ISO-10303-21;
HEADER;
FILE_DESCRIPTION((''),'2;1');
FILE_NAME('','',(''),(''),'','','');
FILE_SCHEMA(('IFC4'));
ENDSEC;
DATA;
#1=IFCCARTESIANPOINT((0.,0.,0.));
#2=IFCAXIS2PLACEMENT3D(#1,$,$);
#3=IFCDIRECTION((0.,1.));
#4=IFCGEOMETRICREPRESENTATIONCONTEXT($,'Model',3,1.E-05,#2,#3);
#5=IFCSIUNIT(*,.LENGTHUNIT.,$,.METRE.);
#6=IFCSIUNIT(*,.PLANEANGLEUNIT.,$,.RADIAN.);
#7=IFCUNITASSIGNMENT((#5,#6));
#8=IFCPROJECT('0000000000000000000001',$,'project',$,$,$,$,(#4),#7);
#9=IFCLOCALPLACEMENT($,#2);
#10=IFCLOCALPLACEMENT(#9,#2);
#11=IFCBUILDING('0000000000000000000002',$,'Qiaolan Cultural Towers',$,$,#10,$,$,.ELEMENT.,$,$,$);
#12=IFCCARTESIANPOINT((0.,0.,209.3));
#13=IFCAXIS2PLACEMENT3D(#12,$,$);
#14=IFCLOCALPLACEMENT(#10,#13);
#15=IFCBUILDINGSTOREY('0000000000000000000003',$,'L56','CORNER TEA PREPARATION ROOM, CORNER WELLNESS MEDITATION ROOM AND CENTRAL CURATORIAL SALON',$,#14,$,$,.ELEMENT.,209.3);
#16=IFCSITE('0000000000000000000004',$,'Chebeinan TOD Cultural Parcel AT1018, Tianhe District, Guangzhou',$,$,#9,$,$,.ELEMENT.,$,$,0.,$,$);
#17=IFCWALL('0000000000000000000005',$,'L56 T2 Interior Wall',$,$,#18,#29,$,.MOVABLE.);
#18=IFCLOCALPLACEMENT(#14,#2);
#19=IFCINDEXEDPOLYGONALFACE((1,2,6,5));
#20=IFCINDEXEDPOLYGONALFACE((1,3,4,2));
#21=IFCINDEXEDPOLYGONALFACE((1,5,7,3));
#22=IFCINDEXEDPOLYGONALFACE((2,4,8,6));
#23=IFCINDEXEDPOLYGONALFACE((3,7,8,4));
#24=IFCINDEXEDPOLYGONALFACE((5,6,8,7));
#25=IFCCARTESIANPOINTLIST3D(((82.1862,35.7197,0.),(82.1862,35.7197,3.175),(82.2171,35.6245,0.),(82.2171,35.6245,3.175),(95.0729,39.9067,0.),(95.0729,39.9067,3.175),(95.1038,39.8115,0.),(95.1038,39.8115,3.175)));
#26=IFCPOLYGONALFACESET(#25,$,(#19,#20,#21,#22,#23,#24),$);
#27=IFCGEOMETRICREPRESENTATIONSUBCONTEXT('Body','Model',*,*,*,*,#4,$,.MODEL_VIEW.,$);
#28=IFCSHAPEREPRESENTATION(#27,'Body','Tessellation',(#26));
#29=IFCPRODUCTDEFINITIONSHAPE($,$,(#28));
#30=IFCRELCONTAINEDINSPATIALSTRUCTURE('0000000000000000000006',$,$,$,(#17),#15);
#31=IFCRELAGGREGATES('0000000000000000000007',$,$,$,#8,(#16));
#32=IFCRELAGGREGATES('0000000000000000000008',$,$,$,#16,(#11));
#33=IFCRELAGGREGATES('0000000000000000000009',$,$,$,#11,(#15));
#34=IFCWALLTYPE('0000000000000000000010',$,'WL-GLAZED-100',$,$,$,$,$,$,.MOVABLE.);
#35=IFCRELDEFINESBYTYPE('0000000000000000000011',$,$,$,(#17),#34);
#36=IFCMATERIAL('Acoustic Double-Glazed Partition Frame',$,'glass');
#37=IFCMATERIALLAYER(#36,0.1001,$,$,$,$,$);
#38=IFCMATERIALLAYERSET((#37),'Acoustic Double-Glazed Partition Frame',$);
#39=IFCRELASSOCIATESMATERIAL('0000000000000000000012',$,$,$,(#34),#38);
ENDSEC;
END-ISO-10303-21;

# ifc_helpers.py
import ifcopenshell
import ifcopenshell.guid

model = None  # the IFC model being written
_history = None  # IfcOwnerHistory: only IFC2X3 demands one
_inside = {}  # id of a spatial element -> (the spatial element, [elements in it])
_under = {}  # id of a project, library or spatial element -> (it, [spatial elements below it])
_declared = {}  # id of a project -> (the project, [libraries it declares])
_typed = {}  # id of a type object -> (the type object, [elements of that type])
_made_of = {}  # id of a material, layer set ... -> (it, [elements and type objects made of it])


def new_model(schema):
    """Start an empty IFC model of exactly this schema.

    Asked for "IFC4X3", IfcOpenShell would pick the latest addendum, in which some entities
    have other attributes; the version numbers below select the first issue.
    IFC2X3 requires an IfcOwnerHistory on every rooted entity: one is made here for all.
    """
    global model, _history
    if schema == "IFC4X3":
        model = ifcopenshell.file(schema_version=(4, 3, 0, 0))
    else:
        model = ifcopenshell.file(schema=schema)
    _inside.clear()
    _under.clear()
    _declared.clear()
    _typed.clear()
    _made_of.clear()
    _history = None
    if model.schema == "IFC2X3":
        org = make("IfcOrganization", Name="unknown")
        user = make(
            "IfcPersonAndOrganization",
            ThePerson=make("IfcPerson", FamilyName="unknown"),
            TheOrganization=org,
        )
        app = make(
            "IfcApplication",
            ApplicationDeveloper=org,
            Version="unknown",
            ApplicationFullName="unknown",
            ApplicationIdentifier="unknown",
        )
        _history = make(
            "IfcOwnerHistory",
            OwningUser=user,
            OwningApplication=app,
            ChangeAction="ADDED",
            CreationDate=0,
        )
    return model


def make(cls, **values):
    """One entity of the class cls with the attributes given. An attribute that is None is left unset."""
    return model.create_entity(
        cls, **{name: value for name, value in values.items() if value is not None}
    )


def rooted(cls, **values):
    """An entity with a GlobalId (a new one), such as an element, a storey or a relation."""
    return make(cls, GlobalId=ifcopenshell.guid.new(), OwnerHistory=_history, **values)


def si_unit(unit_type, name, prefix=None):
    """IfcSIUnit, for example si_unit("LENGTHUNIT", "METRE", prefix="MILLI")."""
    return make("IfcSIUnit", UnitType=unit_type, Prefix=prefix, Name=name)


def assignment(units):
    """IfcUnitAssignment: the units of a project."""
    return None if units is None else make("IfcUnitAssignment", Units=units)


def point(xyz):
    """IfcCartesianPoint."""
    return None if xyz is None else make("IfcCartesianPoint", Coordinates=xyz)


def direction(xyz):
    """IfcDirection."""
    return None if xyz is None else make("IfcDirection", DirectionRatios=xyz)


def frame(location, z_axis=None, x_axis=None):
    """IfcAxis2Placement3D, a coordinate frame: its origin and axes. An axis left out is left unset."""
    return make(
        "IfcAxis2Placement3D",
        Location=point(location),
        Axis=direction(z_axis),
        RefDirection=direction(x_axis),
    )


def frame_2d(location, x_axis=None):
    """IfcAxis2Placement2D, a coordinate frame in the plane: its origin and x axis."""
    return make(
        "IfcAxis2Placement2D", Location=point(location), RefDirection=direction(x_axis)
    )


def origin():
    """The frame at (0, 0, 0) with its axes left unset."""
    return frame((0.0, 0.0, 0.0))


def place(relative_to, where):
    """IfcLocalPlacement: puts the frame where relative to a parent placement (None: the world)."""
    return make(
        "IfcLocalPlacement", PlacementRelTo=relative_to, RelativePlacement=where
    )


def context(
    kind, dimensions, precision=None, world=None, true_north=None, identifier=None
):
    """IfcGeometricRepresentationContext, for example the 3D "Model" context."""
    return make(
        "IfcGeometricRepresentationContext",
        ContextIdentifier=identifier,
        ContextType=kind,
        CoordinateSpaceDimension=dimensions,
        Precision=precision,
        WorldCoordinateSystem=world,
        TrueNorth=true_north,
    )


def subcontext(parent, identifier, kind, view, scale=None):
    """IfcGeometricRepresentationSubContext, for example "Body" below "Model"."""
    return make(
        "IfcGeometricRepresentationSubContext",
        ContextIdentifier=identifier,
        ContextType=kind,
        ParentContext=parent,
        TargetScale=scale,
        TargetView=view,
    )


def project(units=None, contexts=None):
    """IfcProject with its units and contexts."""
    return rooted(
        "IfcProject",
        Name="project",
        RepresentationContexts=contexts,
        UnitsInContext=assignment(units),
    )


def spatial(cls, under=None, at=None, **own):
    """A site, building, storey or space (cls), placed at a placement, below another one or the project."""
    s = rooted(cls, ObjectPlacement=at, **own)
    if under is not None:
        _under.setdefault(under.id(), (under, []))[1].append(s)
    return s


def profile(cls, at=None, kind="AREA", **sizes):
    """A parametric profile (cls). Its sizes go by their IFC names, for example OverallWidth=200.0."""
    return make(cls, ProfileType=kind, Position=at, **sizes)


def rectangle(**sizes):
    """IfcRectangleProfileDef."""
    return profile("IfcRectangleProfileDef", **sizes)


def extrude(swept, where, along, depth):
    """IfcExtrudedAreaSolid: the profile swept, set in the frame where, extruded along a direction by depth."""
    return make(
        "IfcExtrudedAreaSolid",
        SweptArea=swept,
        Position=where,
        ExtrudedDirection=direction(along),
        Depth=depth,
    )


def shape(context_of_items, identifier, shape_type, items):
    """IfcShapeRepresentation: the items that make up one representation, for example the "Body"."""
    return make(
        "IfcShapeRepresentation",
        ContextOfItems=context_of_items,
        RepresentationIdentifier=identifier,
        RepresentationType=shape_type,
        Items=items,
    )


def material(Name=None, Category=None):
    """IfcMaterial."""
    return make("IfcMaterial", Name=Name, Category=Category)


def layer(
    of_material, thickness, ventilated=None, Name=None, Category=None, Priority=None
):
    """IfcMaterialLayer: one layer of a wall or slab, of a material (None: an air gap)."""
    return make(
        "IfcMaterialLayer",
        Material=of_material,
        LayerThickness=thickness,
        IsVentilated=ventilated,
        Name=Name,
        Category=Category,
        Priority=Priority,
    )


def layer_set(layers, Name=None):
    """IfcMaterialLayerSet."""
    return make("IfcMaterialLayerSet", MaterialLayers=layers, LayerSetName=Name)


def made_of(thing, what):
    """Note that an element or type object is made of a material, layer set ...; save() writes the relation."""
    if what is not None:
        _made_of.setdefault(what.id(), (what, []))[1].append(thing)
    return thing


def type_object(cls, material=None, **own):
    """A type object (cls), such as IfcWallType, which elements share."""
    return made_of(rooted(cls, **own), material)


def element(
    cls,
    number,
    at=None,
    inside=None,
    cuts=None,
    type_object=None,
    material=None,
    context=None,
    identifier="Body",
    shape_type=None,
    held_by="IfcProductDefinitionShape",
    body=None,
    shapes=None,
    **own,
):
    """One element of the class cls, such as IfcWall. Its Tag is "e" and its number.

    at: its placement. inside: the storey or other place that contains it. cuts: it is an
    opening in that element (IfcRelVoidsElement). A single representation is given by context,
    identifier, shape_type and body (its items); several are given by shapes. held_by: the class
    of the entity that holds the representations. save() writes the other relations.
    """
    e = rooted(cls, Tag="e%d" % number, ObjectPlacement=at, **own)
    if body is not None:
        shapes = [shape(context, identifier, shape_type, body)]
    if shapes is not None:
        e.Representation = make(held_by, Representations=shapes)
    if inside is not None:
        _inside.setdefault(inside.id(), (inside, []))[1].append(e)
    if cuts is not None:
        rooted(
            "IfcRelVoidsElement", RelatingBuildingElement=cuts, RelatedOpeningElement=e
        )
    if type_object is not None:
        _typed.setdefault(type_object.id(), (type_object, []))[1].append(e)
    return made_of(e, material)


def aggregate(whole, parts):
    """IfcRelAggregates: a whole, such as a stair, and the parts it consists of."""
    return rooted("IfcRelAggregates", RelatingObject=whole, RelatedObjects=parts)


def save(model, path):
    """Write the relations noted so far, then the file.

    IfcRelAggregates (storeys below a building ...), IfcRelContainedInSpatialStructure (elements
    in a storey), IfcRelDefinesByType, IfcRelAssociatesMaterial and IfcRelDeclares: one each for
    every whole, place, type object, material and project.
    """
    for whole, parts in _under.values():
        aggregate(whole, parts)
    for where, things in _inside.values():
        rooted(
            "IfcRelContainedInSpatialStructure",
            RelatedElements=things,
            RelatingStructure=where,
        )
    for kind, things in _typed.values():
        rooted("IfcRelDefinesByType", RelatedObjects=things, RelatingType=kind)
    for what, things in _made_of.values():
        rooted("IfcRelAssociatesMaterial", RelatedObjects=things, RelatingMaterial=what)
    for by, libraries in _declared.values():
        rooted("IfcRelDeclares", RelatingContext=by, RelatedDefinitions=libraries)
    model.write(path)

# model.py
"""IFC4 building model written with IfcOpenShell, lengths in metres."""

from ifc_helpers import new_model, si_unit, direction, frame, frame_2d, origin, place, context, subcontext, project, spatial, rectangle, extrude, material, layer, layer_set, type_object, element, save


model = new_model("IFC4")

# Units and contexts
model_context = context("Model", 3, precision=1e-05, world=origin(), true_north=direction((0.0, 1.0)))
body_context = subcontext(model_context, "Body", "Model", "MODEL_VIEW")
ifc_project = project(units=[si_unit("LENGTHUNIT", "METRE"), si_unit("PLANEANGLEUNIT", "RADIAN")], contexts=[model_context])

# Site, building, storey
site_placement = place(None, origin())
site = spatial("IfcSite", under=ifc_project, at=site_placement, Name="Chebeinan TOD Cultural Parcel AT1018, Tianhe District, Guangzhou", CompositionType="ELEMENT", RefElevation=0.0)
building_placement = place(site_placement, origin())
building = spatial("IfcBuilding", under=site, at=building_placement, Name="Qiaolan Cultural Towers", CompositionType="ELEMENT")
storey_placement = place(building_placement, frame((0.0, 0.0, 209.3)))
storey = spatial("IfcBuildingStorey", under=building, at=storey_placement, Name="L56", Description="CORNER TEA PREPARATION ROOM, CORNER WELLNESS MEDITATION ROOM AND CENTRAL CURATORIAL SALON", CompositionType="ELEMENT", Elevation=209.3)

# Shared definitions
ifc_material_1 = material(Name="Acoustic Double-Glazed Partition Frame", Category="glass")
ifc_layer_1 = layer(ifc_material_1, 0.1001)
ifc_layer_set_1 = layer_set([ifc_layer_1], Name="Acoustic Double-Glazed Partition Frame")
wall_type_1 = type_object("IfcWallType", Name="WL-GLAZED-100", PredefinedType="MOVABLE", material=ifc_layer_set_1)

# Wall
wall_1_placement = place(storey_placement, frame((82.2017, 35.6721, 0.0), z_axis=(0.0, 0.0, 1.0), x_axis=(0.951059, 0.309008, 0.0)))
element("IfcWall", 1, at=wall_1_placement, inside=storey, type_object=wall_type_1, Name="L56 T2 Interior Wall", PredefinedType="MOVABLE", context=body_context, shape_type="SweptSolid", body=[
    extrude(rectangle(XDim=13.5498, YDim=0.1001, at=frame_2d((6.7749, 0.0))), origin(), (0.0, 0.0, 1.0), 3.175),
])

save(model, "model.ifc")
